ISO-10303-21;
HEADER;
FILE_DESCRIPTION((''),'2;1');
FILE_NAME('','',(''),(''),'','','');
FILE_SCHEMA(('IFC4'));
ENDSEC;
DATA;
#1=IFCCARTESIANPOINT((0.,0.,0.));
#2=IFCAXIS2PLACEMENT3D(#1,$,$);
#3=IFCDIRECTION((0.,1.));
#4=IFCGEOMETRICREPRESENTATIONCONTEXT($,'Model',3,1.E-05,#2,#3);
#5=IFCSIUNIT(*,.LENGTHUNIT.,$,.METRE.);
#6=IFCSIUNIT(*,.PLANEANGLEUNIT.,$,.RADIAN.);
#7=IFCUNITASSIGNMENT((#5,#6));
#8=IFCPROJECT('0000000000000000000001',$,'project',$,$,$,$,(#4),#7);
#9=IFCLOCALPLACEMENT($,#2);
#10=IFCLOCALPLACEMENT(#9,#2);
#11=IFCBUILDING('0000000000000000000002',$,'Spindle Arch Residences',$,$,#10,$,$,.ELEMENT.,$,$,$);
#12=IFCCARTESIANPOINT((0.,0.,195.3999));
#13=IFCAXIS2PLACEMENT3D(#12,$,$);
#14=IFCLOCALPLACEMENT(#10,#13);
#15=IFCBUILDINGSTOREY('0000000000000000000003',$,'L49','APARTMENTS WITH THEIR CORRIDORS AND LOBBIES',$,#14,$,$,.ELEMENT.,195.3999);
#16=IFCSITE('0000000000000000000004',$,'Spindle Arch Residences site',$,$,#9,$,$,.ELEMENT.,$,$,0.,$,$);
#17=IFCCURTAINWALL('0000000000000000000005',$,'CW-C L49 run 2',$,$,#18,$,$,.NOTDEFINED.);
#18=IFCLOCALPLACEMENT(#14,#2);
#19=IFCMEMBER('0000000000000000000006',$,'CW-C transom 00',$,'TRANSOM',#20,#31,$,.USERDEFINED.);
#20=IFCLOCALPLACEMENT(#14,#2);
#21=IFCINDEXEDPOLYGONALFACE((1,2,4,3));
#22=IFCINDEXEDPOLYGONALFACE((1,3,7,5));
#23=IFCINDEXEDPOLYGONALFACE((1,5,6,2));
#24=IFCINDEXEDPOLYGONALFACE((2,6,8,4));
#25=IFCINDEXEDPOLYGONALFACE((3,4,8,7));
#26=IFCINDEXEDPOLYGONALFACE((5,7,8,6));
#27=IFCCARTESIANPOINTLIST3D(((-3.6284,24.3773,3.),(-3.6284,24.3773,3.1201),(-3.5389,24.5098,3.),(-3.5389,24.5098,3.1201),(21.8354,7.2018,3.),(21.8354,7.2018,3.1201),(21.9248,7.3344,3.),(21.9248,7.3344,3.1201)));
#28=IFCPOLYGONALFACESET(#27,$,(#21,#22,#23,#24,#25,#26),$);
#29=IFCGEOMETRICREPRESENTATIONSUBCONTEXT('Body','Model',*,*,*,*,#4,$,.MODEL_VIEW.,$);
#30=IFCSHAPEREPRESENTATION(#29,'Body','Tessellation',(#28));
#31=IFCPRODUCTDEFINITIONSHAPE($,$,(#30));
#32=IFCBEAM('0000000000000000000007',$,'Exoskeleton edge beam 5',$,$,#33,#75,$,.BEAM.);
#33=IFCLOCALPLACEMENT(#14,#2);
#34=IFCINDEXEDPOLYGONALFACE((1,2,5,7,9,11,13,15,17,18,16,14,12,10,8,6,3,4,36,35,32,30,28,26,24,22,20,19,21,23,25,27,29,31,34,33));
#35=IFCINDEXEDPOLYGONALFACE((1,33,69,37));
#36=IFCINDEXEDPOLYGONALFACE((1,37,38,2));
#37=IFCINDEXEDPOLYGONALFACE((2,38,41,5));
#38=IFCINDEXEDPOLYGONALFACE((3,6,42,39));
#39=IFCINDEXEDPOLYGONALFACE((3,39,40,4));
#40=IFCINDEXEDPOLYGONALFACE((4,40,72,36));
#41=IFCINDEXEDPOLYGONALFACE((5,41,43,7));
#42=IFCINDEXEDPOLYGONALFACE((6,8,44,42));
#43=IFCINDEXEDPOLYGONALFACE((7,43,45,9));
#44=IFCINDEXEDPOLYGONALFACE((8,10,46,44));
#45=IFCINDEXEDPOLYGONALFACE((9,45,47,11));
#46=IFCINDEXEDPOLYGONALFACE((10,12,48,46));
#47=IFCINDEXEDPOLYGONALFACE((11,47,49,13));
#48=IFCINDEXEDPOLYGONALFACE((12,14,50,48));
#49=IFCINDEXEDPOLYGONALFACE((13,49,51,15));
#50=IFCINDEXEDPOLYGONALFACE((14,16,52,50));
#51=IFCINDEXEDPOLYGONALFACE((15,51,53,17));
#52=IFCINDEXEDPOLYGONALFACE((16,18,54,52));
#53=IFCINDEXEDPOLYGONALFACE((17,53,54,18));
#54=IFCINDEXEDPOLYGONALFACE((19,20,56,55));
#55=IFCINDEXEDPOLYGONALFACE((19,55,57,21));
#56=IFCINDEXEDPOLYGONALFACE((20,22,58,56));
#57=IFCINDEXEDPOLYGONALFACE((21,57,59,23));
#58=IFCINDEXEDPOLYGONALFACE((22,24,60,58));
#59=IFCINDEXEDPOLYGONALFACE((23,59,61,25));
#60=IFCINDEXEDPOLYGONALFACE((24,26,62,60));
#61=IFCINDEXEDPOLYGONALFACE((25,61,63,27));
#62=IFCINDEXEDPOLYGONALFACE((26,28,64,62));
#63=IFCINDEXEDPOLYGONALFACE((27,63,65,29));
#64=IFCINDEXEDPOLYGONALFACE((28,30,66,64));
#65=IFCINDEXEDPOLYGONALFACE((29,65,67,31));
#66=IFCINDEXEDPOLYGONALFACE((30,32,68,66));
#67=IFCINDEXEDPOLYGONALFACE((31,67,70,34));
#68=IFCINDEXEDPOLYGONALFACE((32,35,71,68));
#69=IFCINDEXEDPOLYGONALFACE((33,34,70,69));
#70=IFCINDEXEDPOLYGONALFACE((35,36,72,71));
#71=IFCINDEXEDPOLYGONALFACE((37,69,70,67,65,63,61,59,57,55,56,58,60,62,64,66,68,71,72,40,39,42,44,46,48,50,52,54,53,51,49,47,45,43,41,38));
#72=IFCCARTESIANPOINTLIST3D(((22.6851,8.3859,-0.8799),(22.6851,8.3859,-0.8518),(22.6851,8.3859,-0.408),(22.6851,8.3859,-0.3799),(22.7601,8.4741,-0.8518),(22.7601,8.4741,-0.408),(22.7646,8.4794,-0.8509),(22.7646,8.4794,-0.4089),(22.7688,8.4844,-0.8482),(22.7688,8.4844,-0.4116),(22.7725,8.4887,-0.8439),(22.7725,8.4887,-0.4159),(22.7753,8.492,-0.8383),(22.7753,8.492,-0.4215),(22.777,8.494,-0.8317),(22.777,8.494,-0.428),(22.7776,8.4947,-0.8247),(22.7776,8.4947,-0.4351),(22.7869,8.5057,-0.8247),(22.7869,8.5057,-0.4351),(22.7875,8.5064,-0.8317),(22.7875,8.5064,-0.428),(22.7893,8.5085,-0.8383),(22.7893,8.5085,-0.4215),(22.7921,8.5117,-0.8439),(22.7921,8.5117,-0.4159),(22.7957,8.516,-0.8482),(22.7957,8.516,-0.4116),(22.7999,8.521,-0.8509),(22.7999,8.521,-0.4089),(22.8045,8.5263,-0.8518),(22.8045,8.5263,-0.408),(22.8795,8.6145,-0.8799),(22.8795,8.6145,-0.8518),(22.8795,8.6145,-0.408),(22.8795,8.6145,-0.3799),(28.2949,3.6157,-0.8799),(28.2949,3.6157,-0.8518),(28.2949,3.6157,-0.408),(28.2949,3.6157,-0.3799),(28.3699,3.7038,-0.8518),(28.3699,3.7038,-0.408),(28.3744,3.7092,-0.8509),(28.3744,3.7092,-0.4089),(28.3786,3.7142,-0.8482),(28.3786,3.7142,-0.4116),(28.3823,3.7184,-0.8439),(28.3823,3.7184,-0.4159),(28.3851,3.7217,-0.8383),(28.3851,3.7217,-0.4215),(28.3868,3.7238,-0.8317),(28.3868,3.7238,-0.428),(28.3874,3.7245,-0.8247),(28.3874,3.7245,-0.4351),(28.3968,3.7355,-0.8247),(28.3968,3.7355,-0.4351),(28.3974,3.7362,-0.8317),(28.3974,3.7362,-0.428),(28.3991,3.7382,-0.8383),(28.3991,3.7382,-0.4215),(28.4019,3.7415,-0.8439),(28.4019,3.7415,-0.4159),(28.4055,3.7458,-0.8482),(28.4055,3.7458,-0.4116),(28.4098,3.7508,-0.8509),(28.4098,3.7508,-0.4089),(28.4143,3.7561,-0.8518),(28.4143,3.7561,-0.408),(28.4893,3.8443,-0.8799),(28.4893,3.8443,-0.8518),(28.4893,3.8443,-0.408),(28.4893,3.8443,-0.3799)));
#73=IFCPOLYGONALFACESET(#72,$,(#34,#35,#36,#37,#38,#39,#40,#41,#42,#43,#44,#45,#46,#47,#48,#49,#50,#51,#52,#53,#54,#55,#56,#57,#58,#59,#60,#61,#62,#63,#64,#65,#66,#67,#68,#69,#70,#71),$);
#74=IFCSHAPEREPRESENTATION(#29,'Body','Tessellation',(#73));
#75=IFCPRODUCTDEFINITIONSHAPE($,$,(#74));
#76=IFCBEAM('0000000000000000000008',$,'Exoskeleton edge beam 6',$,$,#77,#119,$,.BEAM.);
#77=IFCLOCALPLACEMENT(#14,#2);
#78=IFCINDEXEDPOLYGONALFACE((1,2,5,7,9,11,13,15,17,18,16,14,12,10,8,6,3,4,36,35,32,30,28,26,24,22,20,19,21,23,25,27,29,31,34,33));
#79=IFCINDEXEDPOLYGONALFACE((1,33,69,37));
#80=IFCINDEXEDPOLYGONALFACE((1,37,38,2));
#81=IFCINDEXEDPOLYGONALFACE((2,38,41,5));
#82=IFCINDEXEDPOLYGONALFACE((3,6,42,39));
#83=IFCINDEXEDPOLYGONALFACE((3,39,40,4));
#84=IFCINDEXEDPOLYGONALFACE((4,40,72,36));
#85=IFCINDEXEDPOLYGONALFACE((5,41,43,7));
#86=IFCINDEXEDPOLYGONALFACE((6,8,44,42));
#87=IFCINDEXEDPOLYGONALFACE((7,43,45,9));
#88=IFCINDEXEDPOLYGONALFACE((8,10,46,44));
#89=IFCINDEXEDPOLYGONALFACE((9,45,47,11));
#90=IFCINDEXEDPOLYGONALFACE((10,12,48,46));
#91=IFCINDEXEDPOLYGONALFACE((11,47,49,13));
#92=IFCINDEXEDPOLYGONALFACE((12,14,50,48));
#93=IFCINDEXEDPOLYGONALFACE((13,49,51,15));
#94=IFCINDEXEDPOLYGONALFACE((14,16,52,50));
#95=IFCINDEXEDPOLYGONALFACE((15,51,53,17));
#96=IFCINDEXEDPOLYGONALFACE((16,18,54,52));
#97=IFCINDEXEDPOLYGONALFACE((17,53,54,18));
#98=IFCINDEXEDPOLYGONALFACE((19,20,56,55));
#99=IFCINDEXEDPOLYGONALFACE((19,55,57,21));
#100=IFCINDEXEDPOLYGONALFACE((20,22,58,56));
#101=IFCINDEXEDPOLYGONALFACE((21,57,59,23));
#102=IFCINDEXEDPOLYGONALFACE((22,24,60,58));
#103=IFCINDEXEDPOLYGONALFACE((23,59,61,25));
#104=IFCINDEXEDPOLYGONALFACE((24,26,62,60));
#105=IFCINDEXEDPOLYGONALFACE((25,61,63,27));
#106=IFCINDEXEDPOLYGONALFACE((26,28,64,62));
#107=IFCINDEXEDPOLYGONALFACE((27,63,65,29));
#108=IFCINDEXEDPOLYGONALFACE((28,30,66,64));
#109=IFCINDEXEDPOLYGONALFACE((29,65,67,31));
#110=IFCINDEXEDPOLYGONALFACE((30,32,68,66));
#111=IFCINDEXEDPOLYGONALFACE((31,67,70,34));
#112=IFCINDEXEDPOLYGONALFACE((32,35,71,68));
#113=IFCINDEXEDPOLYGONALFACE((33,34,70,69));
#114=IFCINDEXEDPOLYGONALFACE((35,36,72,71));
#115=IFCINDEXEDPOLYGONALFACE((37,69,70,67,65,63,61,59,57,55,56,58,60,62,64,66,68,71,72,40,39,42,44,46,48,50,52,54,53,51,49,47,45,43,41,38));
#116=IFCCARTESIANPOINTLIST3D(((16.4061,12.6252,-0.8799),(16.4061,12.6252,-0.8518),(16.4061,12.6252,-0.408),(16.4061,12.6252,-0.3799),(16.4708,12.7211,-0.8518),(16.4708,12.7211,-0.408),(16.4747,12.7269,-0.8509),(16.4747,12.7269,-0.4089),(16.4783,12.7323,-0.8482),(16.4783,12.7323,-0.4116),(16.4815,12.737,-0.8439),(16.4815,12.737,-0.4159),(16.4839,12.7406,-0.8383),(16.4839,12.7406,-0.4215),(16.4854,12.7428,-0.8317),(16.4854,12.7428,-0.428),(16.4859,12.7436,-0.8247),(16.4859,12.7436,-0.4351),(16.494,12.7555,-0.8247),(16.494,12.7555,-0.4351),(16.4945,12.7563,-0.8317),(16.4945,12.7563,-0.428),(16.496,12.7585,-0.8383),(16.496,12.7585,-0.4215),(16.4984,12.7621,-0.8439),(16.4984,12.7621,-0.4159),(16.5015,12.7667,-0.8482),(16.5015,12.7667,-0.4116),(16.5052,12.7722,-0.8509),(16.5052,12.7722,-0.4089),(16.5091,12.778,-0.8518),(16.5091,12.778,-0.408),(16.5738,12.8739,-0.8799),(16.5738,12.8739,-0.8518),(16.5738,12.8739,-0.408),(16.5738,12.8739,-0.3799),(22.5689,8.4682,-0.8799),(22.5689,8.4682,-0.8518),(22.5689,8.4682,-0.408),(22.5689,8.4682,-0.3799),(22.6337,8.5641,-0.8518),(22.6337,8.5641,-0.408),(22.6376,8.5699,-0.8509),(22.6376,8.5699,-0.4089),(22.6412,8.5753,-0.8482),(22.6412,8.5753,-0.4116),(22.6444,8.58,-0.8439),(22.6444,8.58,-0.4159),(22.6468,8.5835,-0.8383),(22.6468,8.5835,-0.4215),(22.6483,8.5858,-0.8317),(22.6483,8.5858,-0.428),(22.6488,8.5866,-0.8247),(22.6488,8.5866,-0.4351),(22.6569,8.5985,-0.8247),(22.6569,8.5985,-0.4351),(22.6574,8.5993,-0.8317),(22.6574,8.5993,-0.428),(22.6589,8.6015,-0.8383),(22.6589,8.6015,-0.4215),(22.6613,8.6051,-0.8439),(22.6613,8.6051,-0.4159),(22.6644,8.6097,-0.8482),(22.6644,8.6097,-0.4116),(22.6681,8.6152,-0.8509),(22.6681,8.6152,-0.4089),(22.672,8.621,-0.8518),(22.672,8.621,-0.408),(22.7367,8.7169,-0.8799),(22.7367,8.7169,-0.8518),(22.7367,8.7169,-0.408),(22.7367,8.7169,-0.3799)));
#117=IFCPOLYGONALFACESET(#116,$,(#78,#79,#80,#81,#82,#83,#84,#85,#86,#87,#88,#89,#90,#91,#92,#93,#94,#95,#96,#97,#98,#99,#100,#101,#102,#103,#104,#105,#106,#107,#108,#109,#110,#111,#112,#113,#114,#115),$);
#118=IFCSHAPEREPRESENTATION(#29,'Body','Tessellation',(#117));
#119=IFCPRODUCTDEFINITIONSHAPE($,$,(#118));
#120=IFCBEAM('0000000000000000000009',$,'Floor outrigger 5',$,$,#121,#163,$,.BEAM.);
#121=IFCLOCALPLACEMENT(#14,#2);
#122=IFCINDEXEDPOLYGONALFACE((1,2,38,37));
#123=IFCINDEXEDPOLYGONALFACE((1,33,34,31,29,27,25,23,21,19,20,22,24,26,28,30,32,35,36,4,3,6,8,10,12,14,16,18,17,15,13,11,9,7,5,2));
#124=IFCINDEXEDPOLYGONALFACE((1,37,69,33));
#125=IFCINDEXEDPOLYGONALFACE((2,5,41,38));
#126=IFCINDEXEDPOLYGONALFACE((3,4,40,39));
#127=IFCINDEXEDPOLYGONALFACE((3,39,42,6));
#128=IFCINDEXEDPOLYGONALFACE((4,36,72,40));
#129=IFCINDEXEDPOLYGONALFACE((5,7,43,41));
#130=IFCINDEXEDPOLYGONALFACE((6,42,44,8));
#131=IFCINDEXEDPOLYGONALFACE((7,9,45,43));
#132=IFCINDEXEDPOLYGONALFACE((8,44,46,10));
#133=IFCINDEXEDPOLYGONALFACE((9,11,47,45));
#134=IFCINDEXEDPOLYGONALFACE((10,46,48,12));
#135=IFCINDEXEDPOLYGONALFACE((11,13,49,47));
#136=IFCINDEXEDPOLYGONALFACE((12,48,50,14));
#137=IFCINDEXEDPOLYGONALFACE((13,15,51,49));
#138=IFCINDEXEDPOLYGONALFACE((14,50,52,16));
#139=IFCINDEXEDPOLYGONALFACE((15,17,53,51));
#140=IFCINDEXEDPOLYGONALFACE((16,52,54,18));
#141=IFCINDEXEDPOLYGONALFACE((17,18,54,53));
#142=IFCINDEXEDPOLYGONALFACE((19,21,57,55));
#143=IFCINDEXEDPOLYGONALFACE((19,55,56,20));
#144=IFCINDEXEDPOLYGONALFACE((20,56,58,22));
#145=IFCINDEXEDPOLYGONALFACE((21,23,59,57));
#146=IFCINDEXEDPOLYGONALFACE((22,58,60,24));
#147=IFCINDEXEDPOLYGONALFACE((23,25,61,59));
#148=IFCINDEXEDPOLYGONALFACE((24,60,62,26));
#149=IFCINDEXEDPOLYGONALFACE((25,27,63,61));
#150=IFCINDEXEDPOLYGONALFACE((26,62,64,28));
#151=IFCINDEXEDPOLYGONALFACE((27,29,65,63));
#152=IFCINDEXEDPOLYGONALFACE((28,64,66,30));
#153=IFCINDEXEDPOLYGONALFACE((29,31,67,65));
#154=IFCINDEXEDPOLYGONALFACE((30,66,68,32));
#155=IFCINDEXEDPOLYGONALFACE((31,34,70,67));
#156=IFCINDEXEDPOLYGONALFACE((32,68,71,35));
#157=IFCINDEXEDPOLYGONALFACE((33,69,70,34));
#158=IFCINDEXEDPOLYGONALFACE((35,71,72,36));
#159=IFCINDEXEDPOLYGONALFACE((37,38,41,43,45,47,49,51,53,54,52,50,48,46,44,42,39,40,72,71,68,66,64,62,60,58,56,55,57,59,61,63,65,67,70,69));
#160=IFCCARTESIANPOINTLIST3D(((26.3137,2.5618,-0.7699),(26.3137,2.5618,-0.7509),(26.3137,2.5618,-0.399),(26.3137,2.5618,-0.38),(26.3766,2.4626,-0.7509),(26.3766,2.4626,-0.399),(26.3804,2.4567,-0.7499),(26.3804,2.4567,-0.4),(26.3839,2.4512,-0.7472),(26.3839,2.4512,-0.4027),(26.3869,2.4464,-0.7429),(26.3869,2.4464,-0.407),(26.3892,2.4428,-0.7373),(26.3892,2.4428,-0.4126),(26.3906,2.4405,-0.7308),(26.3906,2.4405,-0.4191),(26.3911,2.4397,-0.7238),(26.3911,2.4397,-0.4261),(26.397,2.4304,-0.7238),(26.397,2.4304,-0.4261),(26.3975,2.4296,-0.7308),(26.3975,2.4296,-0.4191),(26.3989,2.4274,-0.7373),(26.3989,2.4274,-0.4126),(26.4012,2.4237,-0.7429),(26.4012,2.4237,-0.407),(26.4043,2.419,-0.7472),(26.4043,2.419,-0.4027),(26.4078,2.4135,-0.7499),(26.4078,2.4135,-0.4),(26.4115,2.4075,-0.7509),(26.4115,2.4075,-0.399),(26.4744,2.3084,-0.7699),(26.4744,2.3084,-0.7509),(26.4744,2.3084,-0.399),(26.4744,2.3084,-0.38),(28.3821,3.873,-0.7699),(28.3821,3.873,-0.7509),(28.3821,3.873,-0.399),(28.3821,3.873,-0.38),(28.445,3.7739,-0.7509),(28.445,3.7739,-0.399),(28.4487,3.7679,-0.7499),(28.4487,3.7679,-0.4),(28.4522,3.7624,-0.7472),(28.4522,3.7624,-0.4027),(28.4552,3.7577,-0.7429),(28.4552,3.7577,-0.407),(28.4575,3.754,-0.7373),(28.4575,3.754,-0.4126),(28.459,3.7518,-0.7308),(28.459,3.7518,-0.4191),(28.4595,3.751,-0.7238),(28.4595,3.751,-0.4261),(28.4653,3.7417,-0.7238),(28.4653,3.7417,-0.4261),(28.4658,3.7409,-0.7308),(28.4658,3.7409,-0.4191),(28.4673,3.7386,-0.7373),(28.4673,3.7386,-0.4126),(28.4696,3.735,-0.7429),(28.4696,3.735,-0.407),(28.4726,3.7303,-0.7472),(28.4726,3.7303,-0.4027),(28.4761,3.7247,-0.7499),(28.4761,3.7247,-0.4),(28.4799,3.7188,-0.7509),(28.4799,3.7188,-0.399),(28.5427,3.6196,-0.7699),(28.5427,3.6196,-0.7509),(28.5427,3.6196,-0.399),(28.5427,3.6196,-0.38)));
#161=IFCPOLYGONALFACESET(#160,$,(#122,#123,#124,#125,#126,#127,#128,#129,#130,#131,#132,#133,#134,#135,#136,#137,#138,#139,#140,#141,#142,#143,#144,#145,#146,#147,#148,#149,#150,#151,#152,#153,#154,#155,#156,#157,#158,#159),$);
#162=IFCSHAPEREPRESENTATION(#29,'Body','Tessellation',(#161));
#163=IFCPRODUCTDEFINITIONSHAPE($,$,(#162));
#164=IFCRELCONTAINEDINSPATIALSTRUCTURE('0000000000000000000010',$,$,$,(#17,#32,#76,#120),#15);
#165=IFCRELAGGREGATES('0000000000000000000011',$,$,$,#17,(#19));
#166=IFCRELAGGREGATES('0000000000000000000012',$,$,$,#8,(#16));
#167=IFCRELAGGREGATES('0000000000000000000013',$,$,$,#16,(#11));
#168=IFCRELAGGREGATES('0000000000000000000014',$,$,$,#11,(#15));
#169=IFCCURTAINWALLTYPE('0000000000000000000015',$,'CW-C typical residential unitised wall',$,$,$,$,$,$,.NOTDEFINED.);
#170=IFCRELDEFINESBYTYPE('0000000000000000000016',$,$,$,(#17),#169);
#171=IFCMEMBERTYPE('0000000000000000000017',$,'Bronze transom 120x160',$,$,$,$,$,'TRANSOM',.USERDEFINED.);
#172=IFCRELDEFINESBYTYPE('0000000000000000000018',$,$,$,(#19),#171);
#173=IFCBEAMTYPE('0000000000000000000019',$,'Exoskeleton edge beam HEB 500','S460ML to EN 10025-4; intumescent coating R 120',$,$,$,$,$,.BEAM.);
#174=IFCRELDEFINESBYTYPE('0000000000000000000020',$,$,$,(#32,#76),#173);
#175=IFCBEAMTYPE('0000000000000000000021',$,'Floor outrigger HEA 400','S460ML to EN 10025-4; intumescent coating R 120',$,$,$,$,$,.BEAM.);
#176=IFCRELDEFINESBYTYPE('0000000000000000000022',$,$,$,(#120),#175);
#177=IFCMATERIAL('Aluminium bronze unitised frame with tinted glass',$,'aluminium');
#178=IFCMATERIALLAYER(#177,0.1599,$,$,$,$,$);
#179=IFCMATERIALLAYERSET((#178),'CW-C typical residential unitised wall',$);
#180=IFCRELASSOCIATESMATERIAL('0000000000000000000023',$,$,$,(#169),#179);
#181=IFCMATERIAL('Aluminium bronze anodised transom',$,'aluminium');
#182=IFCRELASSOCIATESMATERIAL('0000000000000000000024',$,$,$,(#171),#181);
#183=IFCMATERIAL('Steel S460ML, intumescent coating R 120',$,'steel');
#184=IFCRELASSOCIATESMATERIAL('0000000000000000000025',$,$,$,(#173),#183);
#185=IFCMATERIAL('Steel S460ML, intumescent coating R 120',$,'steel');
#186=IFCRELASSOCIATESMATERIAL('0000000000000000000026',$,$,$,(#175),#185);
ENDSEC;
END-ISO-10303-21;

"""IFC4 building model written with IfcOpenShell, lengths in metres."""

from ifc_helpers import new_model, si_unit, direction, frame, origin, origin_2d, place, context, subcontext, project, spatial, rectangle, i_section, extrude, material, layer, layer_set, material_profile, profile_set, type_object, element, aggregate, save


model = new_model("IFC4")

# Units and contexts
model_context = context("Model", 3, precision=1e-05, world=origin(), true_north=direction((0.0, 1.0)))
body_context = subcontext(model_context, "Body", "Model", "MODEL_VIEW")
ifc_project = project(units=[si_unit("LENGTHUNIT", "METRE"), si_unit("PLANEANGLEUNIT", "RADIAN")], contexts=[model_context])

# Site, building, storey
site_placement = place(None, origin())
site = spatial("IfcSite", under=ifc_project, at=site_placement, Name="Spindle Arch Residences site", CompositionType="ELEMENT", RefElevation=0.0)
building_placement = place(site_placement, origin())
building = spatial("IfcBuilding", under=site, at=building_placement, Name="Spindle Arch Residences", CompositionType="ELEMENT")
storey_placement = place(building_placement, frame((0.0, 0.0, 195.3999)))
storey = spatial("IfcBuildingStorey", under=building, at=storey_placement, Name="L49", Description="APARTMENTS WITH THEIR CORRIDORS AND LOBBIES", CompositionType="ELEMENT", Elevation=195.3999)

# Curtain wall
ifc_material_1 = material(Name="Aluminium bronze unitised frame with tinted glass", Category="aluminium")
ifc_layer_1 = layer(ifc_material_1, 0.1599)
ifc_layer_set_1 = layer_set([ifc_layer_1], Name="CW-C typical residential unitised wall")
curtain_wall_type_1 = type_object("IfcCurtainWallType", Name="CW-C typical residential unitised wall", PredefinedType="NOTDEFINED", material=ifc_layer_set_1)
curtain_wall_1_placement = place(storey_placement, origin())
curtain_wall_1 = element("IfcCurtainWall", 1, at=curtain_wall_1_placement, inside=storey, type_object=curtain_wall_type_1, Name="CW-C L49 run 2", PredefinedType="NOTDEFINED")

# Member
ifc_material_2 = material(Name="Aluminium bronze anodised transom", Category="aluminium")
ifc_material_profile_1 = material_profile(ifc_material_2, rectangle(XDim=0.1599, YDim=0.1201, at=origin_2d()), Name="TR 120x160")
ifc_profile_set_1 = profile_set([ifc_material_profile_1], Name="Aluminium bronze anodised transom")
member_type_1 = type_object("IfcMemberType", Name="Bronze transom 120x160", ElementType="TRANSOM", PredefinedType="USERDEFINED", material=ifc_profile_set_1)
member_1_placement = place(storey_placement, frame((21.8801, 7.2681, 3.0601), z_axis=(-0.829038, 0.559192, 0.0), x_axis=(-0.559192, -0.829038, 0.0)))
member_1 = element("IfcMember", 2, at=member_1_placement, type_object=member_type_1, Name="CW-C transom 00", ObjectType="TRANSOM", PredefinedType="USERDEFINED", context=body_context, shape_type="SweptSolid", body=[
    extrude(rectangle(XDim=0.1599, YDim=0.1201, at=origin_2d()), origin(), (0.0, 0.0, 1.0), 30.7148),
])

# Beams
ifc_material_3 = material(Name="Steel S460ML, intumescent coating R 120", Category="steel")
ifc_material_profile_2 = material_profile(ifc_material_3, i_section(OverallWidth=0.3, OverallDepth=0.5, WebThickness=0.0144, FlangeThickness=0.0281, FilletRadius=0.0271, at=origin_2d()), Name="HEB 500")
ifc_profile_set_2 = profile_set([ifc_material_profile_2], Name="Steel S460ML, intumescent coating R 120")
beam_type_1 = type_object("IfcBeamType", Name="Exoskeleton edge beam HEB 500", Description="S460ML to EN 10025-4; intumescent coating R 120", PredefinedType="BEAM", material=ifc_profile_set_2)
beam_1_placement = place(storey_placement, frame((28.3921, 3.73, -0.6299), z_axis=(-0.761813, 0.647797, 0.0), x_axis=(-0.647797, -0.761813, 0.0)))
element("IfcBeam", 3, at=beam_1_placement, inside=storey, type_object=beam_type_1, Name="Exoskeleton edge beam 5", PredefinedType="BEAM", context=body_context, shape_type="SweptSolid", body=[
    extrude(i_section(OverallWidth=0.3, OverallDepth=0.5, WebThickness=0.0144, FlangeThickness=0.0281, FilletRadius=0.0271, at=origin_2d()), origin(), (0.0, 0.0, 1.0), 7.3638),
])
beam_2_placement = place(storey_placement, frame((22.6528, 8.5925, -0.6299), z_axis=(-0.829032, 0.559202, 0.0), x_axis=(-0.559202, -0.829032, 0.0)))
element("IfcBeam", 4, at=beam_2_placement, inside=storey, type_object=beam_type_1, Name="Exoskeleton edge beam 6", PredefinedType="BEAM", context=body_context, shape_type="SweptSolid", body=[
    extrude(i_section(OverallWidth=0.3, OverallDepth=0.5, WebThickness=0.0144, FlangeThickness=0.0281, FilletRadius=0.0271, at=origin_2d()), origin(), (0.0, 0.0, 1.0), 7.4338),
])
ifc_material_4 = material(Name="Steel S460ML, intumescent coating R 120", Category="steel")
ifc_material_profile_3 = material_profile(ifc_material_4, i_section(OverallWidth=0.3, OverallDepth=0.3899, WebThickness=0.011, FlangeThickness=0.019, FilletRadius=0.0271, at=origin_2d()), Name="HEA 400")
ifc_profile_set_3 = profile_set([ifc_material_profile_3], Name="Steel S460ML, intumescent coating R 120")
beam_type_2 = type_object("IfcBeamType", Name="Floor outrigger HEA 400", Description="S460ML to EN 10025-4; intumescent coating R 120", PredefinedType="BEAM", material=ifc_profile_set_3)
beam_3_placement = place(storey_placement, frame((28.4624, 3.7463, -0.575), z_axis=(-0.844576, -0.535436, 0.0), x_axis=(0.535436, -0.844576, 0.0)))
element("IfcBeam", 5, at=beam_3_placement, inside=storey, type_object=beam_type_2, Name="Floor outrigger 5", PredefinedType="BEAM", context=body_context, shape_type="SweptSolid", body=[
    extrude(i_section(OverallWidth=0.3, OverallDepth=0.3899, WebThickness=0.011, FlangeThickness=0.019, FilletRadius=0.0271, at=origin_2d()), origin(), (0.0, 0.0, 1.0), 2.449),
])

aggregate(curtain_wall_1, [member_1])

save(model, "model.ifc")
